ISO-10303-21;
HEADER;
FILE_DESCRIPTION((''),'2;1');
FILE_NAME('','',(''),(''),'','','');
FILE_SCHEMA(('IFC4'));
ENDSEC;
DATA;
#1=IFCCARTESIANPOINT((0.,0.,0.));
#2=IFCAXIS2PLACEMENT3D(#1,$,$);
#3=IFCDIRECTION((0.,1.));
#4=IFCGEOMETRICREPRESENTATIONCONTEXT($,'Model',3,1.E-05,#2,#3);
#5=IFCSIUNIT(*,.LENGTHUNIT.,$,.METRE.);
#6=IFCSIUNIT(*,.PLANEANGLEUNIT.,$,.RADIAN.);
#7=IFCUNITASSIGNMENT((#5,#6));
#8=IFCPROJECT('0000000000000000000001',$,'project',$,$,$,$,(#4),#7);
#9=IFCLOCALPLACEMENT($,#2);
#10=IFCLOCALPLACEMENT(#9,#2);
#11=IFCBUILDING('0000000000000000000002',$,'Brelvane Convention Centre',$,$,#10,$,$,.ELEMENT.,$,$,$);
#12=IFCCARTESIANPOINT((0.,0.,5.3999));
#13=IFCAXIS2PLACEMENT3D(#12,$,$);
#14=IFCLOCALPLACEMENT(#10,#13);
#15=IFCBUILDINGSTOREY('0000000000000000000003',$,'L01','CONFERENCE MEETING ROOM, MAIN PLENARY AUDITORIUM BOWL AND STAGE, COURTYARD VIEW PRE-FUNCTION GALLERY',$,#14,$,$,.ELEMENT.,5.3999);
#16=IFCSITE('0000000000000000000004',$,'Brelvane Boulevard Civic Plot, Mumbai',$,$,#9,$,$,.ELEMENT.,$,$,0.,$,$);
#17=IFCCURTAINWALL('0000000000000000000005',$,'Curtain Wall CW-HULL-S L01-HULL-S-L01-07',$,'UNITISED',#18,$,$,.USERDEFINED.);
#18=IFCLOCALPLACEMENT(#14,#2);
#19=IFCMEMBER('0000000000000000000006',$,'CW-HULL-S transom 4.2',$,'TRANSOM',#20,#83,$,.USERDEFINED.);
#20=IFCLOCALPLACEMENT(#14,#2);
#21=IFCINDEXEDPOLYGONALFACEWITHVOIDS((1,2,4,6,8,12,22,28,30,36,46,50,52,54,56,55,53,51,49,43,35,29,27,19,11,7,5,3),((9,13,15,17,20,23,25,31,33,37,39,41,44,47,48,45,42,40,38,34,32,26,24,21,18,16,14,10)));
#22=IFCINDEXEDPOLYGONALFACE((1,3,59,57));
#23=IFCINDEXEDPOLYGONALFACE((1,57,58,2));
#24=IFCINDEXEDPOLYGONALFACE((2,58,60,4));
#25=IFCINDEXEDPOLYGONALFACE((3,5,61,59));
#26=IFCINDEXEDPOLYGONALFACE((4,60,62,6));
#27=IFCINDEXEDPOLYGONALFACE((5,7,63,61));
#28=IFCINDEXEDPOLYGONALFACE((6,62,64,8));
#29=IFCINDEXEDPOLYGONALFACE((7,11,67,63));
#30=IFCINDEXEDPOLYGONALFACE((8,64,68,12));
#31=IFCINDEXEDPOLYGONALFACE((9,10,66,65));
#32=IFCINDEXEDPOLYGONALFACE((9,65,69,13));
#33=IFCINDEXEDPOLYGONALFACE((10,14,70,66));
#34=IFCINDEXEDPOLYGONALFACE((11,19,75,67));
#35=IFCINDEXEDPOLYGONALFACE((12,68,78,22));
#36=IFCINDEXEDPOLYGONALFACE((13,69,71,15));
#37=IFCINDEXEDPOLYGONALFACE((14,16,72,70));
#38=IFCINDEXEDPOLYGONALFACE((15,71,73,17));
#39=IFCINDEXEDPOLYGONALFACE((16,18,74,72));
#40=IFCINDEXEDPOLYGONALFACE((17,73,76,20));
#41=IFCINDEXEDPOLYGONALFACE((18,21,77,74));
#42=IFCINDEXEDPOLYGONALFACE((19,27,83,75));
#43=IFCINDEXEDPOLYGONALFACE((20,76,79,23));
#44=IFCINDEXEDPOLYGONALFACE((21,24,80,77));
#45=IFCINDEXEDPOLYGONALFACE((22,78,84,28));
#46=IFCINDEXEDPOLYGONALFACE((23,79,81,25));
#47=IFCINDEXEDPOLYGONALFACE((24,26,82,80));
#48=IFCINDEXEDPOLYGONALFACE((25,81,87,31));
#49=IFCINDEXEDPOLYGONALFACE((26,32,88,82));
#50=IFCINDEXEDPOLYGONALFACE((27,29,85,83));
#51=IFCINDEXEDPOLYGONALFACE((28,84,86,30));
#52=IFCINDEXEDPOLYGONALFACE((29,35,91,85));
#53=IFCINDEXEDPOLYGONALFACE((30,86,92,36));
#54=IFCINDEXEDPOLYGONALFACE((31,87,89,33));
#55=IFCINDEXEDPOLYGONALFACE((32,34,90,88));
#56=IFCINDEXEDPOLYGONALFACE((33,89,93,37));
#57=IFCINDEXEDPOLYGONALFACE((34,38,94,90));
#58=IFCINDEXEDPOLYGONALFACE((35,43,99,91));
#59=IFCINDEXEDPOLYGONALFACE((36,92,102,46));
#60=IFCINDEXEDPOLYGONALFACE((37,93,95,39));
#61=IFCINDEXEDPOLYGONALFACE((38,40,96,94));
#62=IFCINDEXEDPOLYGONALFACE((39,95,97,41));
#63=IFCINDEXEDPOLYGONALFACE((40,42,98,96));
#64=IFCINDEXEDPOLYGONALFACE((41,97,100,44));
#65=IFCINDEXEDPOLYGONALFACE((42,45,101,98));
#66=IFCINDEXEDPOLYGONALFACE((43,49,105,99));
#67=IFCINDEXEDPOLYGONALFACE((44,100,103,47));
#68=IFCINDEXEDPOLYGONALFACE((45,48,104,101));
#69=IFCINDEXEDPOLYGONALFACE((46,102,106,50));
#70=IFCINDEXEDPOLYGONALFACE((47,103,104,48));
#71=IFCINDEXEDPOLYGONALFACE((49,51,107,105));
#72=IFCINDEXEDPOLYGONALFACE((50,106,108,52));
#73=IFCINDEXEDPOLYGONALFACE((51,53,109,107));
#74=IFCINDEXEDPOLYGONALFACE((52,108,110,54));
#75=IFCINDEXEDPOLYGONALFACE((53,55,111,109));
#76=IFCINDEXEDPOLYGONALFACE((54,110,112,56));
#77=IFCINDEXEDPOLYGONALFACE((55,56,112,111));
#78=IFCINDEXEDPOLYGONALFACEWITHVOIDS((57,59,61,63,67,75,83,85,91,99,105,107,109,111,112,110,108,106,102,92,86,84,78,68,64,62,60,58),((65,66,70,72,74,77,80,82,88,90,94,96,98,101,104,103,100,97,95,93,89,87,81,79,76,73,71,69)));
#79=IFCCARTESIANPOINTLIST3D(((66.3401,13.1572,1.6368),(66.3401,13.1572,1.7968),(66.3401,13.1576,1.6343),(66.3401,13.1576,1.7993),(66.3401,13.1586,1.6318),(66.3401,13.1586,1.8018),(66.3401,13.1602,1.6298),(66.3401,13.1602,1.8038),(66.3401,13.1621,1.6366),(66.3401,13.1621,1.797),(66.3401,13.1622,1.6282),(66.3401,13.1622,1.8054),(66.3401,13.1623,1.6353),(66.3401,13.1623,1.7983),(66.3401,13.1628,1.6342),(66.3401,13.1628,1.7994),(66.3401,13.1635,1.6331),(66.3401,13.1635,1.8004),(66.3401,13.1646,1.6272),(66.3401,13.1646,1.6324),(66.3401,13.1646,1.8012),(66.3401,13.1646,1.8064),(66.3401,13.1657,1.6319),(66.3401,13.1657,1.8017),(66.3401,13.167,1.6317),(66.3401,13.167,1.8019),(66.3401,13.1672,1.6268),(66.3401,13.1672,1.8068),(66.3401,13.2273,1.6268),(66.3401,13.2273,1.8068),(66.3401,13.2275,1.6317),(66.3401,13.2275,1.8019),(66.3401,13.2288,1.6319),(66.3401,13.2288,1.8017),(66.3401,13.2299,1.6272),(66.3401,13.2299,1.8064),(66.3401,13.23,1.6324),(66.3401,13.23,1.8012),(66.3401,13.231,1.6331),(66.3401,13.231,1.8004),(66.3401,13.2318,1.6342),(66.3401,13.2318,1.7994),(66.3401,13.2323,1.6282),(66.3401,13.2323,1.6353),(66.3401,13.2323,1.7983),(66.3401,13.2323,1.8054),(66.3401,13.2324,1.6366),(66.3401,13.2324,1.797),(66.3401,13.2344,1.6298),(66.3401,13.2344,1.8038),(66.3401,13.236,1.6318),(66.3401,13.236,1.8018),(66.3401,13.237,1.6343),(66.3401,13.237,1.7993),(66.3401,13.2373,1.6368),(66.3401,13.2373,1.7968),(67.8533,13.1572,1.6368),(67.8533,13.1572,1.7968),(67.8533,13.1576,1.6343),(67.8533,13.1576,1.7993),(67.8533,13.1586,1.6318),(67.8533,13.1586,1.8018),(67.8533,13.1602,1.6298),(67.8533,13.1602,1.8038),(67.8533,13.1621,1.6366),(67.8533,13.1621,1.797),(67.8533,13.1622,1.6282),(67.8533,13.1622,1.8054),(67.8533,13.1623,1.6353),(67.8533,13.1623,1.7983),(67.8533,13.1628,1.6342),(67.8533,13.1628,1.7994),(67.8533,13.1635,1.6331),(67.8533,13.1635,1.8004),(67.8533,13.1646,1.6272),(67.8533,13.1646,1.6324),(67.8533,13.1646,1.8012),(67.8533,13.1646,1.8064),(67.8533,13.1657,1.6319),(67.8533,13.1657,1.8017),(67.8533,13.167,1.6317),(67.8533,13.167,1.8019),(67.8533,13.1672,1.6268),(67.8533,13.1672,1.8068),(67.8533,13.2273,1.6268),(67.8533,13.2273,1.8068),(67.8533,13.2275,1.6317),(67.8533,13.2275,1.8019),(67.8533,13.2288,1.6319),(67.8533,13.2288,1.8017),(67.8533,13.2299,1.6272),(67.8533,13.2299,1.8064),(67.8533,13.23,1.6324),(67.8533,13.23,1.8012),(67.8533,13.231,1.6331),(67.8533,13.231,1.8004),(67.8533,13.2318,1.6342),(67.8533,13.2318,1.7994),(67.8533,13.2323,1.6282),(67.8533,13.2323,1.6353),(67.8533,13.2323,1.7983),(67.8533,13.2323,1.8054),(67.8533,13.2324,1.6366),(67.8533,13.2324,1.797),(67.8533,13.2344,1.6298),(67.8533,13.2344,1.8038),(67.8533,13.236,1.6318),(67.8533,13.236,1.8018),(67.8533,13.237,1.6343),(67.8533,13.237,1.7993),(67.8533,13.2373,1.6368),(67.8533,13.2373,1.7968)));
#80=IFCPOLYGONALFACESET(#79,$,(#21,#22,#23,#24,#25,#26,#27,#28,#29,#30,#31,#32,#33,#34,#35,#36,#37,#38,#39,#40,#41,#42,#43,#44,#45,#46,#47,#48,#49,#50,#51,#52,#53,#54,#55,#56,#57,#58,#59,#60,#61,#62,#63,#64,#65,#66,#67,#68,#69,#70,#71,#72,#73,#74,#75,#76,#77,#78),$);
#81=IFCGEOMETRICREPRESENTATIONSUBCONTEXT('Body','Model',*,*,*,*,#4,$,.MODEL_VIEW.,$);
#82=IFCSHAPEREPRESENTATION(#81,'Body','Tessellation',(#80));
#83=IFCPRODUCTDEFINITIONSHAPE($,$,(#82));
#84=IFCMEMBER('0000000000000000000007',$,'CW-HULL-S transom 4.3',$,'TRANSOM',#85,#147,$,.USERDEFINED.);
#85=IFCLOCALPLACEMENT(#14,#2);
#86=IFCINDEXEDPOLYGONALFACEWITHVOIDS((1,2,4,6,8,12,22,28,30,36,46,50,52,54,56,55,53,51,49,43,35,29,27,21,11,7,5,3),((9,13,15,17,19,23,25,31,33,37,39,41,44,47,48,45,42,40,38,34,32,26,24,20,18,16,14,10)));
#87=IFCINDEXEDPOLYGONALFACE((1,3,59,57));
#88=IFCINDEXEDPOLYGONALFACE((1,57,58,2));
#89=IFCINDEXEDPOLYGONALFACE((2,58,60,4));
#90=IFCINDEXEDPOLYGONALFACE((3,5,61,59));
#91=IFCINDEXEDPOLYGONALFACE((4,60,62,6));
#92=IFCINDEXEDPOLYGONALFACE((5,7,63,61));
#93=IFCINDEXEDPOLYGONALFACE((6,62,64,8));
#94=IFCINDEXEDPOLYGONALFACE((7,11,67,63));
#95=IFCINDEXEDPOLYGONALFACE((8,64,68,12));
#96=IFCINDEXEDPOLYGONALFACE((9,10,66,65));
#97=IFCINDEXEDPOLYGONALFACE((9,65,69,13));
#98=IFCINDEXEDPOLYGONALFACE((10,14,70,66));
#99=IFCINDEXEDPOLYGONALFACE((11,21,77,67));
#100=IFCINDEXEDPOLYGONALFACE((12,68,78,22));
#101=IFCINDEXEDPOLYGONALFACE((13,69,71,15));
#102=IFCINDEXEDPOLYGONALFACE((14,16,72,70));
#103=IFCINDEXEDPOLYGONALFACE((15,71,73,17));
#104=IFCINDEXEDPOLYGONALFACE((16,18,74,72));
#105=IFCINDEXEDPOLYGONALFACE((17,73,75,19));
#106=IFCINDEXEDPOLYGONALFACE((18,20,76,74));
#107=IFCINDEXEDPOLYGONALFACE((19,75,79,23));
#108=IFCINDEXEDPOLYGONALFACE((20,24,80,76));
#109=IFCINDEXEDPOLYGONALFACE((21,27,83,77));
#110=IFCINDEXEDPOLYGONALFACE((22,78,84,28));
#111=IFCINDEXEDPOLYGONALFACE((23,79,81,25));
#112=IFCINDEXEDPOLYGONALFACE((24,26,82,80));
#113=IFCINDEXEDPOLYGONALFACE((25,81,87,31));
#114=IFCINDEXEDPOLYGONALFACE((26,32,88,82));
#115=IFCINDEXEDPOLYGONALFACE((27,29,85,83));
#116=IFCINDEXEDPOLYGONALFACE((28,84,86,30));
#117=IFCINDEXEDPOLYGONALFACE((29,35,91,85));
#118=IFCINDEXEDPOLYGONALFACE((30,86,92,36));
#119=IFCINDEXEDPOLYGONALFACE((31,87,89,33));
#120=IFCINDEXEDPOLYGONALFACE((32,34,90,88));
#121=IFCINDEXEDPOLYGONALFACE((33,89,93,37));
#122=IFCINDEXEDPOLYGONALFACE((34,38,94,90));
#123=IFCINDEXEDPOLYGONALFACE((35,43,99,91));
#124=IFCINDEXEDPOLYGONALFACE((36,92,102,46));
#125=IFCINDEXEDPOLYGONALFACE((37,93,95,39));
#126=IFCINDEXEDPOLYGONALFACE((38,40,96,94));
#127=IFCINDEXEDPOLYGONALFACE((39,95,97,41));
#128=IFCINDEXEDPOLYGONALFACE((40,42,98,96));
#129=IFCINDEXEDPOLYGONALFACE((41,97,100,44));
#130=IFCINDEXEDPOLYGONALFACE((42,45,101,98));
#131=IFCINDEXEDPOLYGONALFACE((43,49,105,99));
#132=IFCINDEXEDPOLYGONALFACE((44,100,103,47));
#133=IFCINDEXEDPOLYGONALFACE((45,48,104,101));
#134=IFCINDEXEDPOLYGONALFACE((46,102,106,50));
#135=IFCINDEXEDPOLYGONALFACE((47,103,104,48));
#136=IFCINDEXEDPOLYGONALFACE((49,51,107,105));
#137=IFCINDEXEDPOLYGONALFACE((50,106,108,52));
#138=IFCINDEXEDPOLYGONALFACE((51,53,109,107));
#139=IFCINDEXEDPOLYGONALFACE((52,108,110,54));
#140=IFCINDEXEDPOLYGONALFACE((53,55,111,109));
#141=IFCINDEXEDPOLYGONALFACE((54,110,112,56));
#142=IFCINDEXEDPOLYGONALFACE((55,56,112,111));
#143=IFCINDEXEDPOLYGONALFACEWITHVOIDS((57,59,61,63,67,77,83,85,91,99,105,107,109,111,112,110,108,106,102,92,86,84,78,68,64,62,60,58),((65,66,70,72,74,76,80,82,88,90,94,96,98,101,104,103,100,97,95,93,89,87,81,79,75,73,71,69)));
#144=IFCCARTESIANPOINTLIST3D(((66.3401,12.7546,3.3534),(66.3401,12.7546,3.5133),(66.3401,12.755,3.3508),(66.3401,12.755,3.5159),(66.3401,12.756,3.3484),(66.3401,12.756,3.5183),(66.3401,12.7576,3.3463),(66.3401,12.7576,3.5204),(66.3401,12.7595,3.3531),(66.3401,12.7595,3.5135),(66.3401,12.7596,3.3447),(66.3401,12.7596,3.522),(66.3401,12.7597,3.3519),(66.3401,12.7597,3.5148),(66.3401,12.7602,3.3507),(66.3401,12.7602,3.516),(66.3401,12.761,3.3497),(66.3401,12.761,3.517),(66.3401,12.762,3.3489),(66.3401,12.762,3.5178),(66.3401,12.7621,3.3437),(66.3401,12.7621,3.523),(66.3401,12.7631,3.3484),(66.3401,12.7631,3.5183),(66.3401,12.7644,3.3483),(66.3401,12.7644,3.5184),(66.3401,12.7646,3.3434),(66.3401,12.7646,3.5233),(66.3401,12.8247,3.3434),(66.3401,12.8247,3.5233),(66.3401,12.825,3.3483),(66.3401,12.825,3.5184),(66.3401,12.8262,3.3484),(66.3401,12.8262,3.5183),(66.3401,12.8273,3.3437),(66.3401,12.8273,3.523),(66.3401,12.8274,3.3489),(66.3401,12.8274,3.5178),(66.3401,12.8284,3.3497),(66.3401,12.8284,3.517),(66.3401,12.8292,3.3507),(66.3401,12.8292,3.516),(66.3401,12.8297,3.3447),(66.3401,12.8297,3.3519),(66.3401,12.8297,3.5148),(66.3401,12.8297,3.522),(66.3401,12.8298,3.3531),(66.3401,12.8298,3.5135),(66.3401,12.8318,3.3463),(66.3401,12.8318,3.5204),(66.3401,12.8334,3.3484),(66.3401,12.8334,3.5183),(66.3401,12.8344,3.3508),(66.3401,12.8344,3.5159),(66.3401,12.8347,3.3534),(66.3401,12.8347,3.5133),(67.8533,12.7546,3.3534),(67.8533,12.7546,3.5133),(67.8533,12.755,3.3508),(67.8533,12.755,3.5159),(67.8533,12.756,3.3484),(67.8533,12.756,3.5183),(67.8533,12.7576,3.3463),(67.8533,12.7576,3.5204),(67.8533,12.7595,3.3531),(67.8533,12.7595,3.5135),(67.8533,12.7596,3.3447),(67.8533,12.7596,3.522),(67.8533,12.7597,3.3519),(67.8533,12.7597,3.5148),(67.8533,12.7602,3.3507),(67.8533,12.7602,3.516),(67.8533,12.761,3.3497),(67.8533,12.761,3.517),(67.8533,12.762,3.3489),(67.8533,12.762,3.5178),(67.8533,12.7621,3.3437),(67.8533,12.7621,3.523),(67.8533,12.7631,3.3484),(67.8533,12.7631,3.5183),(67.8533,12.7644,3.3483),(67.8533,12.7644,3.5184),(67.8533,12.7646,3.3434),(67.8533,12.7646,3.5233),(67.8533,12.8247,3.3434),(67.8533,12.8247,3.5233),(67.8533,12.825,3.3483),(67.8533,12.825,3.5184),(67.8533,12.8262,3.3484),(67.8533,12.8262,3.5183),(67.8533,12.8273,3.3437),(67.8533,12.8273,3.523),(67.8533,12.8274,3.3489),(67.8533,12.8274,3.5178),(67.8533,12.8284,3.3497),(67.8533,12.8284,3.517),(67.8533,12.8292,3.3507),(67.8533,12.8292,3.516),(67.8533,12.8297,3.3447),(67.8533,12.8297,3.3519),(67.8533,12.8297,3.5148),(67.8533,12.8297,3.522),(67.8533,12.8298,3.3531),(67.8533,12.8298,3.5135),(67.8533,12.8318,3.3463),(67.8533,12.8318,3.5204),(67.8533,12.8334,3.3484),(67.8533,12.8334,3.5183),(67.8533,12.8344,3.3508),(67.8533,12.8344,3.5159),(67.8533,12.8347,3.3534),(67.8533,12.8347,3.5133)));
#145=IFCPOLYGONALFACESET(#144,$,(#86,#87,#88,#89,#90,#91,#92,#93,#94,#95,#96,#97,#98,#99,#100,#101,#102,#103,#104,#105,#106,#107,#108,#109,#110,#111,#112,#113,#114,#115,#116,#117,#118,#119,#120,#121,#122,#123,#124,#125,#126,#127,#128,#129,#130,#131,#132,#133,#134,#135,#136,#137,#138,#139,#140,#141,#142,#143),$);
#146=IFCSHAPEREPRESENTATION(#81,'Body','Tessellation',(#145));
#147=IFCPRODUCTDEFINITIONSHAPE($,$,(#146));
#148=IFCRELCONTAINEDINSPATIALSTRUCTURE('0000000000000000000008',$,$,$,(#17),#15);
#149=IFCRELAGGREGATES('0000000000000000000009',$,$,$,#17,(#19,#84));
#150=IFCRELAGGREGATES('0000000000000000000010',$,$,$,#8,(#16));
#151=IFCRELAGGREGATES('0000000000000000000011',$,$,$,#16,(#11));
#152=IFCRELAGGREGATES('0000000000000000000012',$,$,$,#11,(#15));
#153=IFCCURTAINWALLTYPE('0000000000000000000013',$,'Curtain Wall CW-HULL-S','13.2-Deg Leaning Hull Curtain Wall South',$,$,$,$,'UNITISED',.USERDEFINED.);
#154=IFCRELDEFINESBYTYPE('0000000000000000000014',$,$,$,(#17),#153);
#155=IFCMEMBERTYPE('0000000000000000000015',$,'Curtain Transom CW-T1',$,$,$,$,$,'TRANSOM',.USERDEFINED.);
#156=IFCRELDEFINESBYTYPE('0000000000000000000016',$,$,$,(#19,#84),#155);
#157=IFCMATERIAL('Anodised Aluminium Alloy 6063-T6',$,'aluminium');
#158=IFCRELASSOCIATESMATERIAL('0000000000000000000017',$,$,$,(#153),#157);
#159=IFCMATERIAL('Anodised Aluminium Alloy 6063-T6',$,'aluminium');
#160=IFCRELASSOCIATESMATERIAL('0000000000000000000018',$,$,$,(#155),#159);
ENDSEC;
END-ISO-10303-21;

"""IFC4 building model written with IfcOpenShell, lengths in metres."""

from ifc_helpers import new_model, si_unit, direction, frame, origin, origin_2d, place, context, subcontext, project, spatial, hollow_rectangle, extrude, material, material_profile, profile_set, type_object, element, aggregate, save


model = new_model("IFC4")

# Units and contexts
model_context = context("Model", 3, precision=1e-05, world=origin(), true_north=direction((0.0, 1.0)))
body_context = subcontext(model_context, "Body", "Model", "MODEL_VIEW")
ifc_project = project(units=[si_unit("LENGTHUNIT", "METRE"), si_unit("PLANEANGLEUNIT", "RADIAN")], contexts=[model_context])

# Site, building, storey
site_placement = place(None, origin())
site = spatial("IfcSite", under=ifc_project, at=site_placement, Name="Brelvane Boulevard Civic Plot, Mumbai", CompositionType="ELEMENT", RefElevation=0.0)
building_placement = place(site_placement, origin())
building = spatial("IfcBuilding", under=site, at=building_placement, Name="Brelvane Convention Centre", CompositionType="ELEMENT")
storey_placement = place(building_placement, frame((0.0, 0.0, 5.3999)))
storey = spatial("IfcBuildingStorey", under=building, at=storey_placement, Name="L01", Description="CONFERENCE MEETING ROOM, MAIN PLENARY AUDITORIUM BOWL AND STAGE, COURTYARD VIEW PRE-FUNCTION GALLERY", CompositionType="ELEMENT", Elevation=5.3999)

# Curtain wall, members
ifc_material_1 = material(Name="Anodised Aluminium Alloy 6063-T6", Category="aluminium")
curtain_wall_type = type_object("IfcCurtainWallType", Name="Curtain Wall CW-HULL-S", Description="13.2-Deg Leaning Hull Curtain Wall South", ElementType="UNITISED", PredefinedType="USERDEFINED", material=ifc_material_1)
curtain_wall_1_placement = place(storey_placement, origin())
curtain_wall_1 = element("IfcCurtainWall", 1, at=curtain_wall_1_placement, inside=storey, type_object=curtain_wall_type, Name="Curtain Wall CW-HULL-S L01-HULL-S-L01-07", ObjectType="UNITISED", PredefinedType="USERDEFINED")
ifc_material_2 = material(Name="Anodised Aluminium Alloy 6063-T6", Category="aluminium")
ifc_material_profile = material_profile(ifc_material_2, hollow_rectangle(XDim=0.0801, YDim=0.1799, WallThickness=0.0049, InnerFilletRadius=0.0049, OuterFilletRadius=0.01, at=origin_2d()), Name="ALU-T 180x80x5.0")
ifc_profile_set = profile_set([ifc_material_profile], Name="Anodised Aluminium Alloy 6063-T6")
member_type = type_object("IfcMemberType", Name="Curtain Transom CW-T1", ElementType="TRANSOM", PredefinedType="USERDEFINED", material=ifc_profile_set)
member_1_placement = place(storey_placement, frame((66.3401, 13.1973, 1.7168), z_axis=(1.0, 0.0, 0.0), x_axis=(0.0, 1.0, 0.0)))
member_1 = element("IfcMember", 2, at=member_1_placement, type_object=member_type, Name="CW-HULL-S transom 4.2", ObjectType="TRANSOM", PredefinedType="USERDEFINED", context=body_context, shape_type="SweptSolid", body=[
    extrude(hollow_rectangle(XDim=0.0801, YDim=0.1799, WallThickness=0.0049, InnerFilletRadius=0.0049, OuterFilletRadius=0.01, at=origin_2d()), origin(), (0.0, 0.0, 1.0), 1.5132),
])
member_2_placement = place(storey_placement, frame((66.3401, 12.7947, 3.4333), z_axis=(1.0, 0.0, 0.0), x_axis=(0.0, 1.0, 0.0)))
member_2 = element("IfcMember", 3, at=member_2_placement, type_object=member_type, Name="CW-HULL-S transom 4.3", ObjectType="TRANSOM", PredefinedType="USERDEFINED", context=body_context, shape_type="SweptSolid", body=[
    extrude(hollow_rectangle(XDim=0.0801, YDim=0.1799, WallThickness=0.0049, InnerFilletRadius=0.0049, OuterFilletRadius=0.01, at=origin_2d()), origin(), (0.0, 0.0, 1.0), 1.5132),
])

aggregate(curtain_wall_1, [member_1, member_2])

save(model, "model.ifc")
